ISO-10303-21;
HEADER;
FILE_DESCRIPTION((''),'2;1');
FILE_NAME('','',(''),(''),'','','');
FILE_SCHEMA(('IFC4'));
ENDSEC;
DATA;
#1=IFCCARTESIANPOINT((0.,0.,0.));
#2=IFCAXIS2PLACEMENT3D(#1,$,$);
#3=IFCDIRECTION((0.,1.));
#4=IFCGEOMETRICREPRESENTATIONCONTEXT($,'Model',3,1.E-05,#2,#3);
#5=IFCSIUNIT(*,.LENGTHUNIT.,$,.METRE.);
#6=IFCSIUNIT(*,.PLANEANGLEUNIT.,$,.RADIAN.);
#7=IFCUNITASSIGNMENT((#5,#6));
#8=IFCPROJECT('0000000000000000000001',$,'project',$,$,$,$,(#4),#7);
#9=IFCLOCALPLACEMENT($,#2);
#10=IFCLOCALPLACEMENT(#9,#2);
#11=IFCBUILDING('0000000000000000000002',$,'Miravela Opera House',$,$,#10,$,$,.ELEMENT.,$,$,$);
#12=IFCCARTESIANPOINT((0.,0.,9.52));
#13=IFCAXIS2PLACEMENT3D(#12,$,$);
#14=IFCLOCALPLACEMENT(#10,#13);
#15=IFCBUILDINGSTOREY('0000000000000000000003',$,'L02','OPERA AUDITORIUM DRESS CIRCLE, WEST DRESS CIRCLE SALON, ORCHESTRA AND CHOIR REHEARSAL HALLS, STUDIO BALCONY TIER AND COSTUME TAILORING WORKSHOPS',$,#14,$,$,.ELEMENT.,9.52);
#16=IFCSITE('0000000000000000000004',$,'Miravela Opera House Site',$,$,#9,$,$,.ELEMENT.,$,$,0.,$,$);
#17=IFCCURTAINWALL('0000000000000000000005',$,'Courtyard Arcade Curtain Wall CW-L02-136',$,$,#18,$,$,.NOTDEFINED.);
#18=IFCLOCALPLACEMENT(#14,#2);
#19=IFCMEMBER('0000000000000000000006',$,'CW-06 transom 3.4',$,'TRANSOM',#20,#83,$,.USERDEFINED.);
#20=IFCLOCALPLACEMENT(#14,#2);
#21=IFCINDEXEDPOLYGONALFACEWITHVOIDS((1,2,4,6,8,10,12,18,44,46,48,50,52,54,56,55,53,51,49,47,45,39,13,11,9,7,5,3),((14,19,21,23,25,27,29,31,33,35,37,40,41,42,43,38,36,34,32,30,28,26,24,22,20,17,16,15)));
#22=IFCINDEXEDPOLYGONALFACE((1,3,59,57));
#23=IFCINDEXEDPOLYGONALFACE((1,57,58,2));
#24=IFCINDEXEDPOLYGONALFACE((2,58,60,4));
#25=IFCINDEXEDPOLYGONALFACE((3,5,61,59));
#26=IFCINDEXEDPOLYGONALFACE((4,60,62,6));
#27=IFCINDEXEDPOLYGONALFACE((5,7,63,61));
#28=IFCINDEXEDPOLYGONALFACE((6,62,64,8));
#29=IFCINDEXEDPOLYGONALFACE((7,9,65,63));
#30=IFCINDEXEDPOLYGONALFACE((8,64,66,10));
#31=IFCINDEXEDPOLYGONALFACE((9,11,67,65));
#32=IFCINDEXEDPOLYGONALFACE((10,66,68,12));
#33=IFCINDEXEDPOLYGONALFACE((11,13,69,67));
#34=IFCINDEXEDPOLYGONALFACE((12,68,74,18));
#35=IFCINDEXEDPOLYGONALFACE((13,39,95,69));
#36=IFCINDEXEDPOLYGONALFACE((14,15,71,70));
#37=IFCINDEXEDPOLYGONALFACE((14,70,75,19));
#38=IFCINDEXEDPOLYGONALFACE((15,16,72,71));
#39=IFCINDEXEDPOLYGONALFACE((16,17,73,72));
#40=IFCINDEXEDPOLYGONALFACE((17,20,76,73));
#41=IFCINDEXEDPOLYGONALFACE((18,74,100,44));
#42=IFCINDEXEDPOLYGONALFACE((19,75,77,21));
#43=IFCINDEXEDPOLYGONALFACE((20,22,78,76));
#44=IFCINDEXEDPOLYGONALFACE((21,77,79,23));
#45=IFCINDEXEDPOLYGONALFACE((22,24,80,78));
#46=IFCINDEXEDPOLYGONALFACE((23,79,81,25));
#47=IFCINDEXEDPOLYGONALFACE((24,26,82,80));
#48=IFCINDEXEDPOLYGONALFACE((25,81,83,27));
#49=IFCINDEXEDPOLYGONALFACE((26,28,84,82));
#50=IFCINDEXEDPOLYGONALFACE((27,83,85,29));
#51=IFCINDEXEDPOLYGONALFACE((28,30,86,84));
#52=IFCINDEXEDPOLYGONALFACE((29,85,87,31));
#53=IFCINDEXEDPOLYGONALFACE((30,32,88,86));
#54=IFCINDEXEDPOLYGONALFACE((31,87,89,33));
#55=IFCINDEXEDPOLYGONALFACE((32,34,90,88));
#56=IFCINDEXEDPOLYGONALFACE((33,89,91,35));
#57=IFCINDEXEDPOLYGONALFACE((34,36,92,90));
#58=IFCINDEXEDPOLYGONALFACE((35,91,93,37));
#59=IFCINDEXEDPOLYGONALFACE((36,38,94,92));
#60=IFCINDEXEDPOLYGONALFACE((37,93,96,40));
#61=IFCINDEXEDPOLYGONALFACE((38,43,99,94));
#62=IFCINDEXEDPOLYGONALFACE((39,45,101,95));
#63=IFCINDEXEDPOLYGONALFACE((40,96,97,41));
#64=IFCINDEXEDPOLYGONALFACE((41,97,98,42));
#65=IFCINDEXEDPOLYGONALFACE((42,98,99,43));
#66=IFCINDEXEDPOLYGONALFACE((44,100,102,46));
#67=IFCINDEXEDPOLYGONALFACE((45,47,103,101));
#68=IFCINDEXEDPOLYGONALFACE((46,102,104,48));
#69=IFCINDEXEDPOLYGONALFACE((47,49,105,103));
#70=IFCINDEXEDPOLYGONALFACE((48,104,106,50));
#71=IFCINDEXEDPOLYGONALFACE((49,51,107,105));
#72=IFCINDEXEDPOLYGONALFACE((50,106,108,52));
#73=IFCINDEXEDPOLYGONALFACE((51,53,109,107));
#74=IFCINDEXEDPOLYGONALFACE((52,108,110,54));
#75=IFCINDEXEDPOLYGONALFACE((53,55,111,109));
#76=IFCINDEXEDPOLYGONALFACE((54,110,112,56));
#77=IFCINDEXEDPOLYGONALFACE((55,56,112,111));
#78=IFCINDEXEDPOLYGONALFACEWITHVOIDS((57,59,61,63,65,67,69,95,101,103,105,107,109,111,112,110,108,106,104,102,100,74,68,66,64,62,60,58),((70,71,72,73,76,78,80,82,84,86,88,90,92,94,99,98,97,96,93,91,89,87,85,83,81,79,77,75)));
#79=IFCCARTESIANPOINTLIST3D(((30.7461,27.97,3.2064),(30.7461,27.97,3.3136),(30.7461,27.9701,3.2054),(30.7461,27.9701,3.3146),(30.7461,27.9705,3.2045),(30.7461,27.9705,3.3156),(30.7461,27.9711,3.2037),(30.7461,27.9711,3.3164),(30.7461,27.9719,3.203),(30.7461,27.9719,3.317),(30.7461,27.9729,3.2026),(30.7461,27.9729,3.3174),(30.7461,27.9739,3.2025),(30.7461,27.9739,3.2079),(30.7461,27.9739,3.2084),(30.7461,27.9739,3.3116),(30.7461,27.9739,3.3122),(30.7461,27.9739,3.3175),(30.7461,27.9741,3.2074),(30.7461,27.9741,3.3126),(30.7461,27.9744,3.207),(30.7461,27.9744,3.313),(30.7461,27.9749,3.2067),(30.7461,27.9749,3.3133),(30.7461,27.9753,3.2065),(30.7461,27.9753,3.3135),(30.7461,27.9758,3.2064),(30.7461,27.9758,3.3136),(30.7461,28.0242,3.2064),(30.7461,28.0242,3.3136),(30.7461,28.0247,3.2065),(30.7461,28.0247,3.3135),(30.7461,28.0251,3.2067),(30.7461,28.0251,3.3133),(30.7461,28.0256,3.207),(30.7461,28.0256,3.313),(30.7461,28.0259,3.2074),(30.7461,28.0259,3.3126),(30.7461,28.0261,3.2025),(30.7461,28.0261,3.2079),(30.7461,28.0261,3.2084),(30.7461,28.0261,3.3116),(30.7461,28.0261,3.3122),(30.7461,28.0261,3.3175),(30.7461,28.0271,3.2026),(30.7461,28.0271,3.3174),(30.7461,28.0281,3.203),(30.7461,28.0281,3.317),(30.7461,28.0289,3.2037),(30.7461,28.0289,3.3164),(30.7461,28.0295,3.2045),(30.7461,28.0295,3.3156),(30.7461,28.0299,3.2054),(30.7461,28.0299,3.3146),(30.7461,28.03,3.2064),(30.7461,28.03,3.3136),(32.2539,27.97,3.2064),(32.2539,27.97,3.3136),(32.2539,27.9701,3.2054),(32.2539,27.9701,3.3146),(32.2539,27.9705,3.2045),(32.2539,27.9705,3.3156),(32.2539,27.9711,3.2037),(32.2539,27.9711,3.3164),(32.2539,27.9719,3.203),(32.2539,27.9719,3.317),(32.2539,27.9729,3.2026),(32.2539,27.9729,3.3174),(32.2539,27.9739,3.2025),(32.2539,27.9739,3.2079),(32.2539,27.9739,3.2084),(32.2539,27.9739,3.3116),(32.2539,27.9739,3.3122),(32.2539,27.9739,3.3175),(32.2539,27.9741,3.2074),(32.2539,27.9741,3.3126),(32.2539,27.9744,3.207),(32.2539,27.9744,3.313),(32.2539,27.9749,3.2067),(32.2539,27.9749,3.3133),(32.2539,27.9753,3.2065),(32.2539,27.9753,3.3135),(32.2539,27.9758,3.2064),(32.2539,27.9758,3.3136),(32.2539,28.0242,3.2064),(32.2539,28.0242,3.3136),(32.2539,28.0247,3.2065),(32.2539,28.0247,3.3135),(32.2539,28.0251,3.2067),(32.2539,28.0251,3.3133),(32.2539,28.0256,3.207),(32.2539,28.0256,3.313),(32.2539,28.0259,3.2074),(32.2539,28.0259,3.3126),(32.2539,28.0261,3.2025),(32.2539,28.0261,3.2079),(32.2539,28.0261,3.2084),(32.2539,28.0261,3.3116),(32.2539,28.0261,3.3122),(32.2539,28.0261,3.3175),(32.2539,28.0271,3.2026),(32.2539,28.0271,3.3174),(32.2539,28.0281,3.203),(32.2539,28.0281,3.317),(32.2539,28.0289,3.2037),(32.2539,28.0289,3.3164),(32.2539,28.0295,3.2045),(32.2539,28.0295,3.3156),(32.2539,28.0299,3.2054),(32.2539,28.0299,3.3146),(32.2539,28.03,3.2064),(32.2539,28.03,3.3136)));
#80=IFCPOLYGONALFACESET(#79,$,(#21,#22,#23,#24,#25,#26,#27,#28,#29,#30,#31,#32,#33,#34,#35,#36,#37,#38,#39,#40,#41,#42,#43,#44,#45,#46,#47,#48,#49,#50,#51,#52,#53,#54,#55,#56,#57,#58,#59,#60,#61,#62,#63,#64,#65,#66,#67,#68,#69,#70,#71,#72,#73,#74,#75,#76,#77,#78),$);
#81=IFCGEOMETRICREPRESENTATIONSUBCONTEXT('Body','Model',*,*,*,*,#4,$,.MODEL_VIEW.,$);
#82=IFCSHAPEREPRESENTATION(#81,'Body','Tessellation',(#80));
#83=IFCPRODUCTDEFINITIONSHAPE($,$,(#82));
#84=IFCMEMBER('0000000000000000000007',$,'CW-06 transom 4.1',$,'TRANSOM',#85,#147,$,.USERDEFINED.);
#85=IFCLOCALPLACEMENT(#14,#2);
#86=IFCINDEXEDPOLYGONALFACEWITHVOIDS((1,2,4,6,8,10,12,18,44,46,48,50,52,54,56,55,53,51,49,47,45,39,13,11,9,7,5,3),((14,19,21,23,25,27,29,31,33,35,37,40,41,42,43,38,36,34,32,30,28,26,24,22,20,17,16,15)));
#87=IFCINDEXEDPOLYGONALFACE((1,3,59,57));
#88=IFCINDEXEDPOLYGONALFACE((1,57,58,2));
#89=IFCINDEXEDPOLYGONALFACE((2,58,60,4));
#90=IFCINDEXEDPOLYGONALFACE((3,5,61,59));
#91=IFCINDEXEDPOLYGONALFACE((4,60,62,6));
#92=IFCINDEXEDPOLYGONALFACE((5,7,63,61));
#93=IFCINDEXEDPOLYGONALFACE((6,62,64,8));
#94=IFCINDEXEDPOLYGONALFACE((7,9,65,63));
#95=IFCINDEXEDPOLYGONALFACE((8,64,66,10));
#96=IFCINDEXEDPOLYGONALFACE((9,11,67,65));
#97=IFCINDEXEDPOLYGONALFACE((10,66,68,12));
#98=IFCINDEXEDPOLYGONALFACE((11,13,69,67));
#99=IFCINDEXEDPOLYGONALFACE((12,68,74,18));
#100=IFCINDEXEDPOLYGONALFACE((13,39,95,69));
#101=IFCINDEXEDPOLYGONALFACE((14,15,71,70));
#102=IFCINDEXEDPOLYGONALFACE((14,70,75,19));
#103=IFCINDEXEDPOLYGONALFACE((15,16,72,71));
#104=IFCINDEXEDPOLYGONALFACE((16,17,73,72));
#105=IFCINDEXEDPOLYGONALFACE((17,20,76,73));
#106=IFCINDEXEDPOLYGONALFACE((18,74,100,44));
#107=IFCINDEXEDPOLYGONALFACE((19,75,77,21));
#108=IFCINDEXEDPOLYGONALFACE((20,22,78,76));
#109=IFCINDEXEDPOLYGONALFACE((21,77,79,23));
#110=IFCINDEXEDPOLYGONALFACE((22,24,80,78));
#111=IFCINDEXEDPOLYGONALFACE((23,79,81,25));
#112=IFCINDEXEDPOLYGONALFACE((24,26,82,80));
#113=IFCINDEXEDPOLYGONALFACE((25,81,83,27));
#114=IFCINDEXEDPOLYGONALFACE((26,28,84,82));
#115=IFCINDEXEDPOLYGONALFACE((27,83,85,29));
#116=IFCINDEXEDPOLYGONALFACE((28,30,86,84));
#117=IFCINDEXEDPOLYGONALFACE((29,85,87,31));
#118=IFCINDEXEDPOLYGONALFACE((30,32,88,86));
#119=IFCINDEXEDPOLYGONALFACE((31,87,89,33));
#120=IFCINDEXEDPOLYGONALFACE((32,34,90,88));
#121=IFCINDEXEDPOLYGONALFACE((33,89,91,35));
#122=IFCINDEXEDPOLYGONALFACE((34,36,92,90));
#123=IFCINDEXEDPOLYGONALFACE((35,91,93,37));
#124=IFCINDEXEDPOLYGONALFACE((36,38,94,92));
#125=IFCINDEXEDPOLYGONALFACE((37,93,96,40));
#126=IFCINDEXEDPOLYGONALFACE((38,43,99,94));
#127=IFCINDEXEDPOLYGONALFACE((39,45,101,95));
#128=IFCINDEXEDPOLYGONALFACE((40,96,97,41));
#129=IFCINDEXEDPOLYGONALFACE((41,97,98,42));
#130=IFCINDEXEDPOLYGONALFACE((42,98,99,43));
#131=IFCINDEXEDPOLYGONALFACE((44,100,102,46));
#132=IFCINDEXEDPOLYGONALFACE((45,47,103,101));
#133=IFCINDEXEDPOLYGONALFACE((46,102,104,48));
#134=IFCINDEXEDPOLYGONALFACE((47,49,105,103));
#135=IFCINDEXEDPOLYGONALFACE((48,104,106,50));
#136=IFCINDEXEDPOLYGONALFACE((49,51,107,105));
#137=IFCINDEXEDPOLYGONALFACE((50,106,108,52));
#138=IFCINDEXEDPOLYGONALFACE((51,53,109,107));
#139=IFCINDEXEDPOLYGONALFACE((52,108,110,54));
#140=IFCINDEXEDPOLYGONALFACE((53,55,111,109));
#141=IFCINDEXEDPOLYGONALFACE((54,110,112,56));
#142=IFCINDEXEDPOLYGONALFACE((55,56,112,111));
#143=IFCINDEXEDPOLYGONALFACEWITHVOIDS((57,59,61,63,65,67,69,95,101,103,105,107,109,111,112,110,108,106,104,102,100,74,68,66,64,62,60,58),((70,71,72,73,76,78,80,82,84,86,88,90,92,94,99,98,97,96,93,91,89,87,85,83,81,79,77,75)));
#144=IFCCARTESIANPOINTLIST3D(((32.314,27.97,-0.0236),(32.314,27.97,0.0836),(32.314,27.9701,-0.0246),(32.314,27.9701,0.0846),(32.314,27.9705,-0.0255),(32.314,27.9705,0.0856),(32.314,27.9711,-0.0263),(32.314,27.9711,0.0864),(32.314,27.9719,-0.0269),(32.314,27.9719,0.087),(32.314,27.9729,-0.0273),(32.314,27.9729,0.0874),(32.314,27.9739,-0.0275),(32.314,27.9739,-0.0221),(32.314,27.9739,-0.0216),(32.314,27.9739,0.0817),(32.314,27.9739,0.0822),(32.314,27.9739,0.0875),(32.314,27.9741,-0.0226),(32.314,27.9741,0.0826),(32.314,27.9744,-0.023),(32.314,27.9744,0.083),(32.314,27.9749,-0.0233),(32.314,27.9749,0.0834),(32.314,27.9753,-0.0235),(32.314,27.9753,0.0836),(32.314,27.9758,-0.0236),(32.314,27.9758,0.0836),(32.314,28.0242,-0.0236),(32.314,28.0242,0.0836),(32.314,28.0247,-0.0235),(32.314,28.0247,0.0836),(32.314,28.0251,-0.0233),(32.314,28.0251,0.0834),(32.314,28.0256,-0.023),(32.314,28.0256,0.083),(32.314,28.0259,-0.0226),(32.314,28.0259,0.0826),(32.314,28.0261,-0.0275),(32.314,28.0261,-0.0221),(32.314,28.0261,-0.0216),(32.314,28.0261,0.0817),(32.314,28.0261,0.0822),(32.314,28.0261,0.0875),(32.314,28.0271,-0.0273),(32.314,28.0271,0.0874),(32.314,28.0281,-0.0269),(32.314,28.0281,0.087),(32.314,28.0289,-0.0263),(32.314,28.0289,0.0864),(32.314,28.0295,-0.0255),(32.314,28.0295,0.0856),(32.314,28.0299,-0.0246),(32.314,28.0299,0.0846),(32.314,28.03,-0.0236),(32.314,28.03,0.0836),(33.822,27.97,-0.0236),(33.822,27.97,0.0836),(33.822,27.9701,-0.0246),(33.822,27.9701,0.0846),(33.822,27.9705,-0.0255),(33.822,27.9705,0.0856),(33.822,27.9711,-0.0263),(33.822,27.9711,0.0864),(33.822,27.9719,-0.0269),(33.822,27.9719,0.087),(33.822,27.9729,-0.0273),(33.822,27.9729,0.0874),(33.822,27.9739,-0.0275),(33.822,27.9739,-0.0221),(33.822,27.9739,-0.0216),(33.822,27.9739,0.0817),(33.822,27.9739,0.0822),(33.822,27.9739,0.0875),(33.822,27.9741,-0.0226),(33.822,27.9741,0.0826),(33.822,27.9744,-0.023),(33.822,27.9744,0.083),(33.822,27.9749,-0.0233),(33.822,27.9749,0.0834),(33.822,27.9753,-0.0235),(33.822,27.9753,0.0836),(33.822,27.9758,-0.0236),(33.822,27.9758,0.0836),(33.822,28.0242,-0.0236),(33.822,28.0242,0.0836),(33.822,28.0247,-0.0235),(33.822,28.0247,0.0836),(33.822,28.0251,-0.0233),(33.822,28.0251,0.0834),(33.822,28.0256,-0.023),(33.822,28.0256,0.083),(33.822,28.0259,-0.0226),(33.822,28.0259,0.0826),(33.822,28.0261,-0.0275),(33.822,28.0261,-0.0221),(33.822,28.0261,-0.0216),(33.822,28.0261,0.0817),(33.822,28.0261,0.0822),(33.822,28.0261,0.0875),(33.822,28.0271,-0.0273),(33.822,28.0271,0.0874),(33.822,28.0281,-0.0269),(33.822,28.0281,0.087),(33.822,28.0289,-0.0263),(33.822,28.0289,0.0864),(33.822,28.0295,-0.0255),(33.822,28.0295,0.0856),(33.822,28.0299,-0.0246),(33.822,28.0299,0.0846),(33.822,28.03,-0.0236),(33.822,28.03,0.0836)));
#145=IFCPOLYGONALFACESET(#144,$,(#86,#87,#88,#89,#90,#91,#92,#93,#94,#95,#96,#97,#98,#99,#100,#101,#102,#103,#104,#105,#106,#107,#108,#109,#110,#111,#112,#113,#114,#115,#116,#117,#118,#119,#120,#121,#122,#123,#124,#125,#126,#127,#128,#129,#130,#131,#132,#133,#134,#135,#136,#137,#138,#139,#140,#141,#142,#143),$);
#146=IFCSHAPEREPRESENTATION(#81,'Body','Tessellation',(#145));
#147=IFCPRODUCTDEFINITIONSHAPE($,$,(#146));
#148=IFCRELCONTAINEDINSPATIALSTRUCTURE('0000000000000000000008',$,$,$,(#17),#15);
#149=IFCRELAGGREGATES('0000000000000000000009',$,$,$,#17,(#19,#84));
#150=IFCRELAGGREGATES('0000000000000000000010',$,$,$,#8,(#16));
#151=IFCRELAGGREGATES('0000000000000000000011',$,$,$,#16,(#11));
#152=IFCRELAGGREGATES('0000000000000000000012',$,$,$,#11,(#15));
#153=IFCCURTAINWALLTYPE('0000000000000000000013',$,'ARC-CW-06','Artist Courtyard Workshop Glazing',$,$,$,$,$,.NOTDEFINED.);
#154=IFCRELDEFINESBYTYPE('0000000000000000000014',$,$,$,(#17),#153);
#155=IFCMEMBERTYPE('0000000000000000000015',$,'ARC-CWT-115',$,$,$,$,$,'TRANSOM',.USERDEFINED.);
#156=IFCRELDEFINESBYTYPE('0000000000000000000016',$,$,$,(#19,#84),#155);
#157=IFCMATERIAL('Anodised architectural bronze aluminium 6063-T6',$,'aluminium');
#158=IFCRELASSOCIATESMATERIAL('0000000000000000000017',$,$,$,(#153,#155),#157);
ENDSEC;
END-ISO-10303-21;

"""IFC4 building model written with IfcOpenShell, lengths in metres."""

from ifc_helpers import new_model, si_unit, direction, frame, origin, origin_2d, place, context, subcontext, project, spatial, hollow_rectangle, extrude, material, material_profile, profile_set, type_object, element, aggregate, save


model = new_model("IFC4")

# Units and contexts
model_context = context("Model", 3, precision=1e-05, world=origin(), true_north=direction((0.0, 1.0)))
body_context = subcontext(model_context, "Body", "Model", "MODEL_VIEW")
ifc_project = project(units=[si_unit("LENGTHUNIT", "METRE"), si_unit("PLANEANGLEUNIT", "RADIAN")], contexts=[model_context])

# Site, building, storey
site_placement = place(None, origin())
site = spatial("IfcSite", under=ifc_project, at=site_placement, Name="Miravela Opera House Site", CompositionType="ELEMENT", RefElevation=0.0)
building_placement = place(site_placement, origin())
building = spatial("IfcBuilding", under=site, at=building_placement, Name="Miravela Opera House", CompositionType="ELEMENT")
storey_placement = place(building_placement, frame((0.0, 0.0, 9.52)))
storey = spatial("IfcBuildingStorey", under=building, at=storey_placement, Name="L02", Description="OPERA AUDITORIUM DRESS CIRCLE, WEST DRESS CIRCLE SALON, ORCHESTRA AND CHOIR REHEARSAL HALLS, STUDIO BALCONY TIER AND COSTUME TAILORING WORKSHOPS", CompositionType="ELEMENT", Elevation=9.52)

# Curtain wall, members
ifc_material_1 = material(Name="Anodised architectural bronze aluminium 6063-T6", Category="aluminium")
curtain_wall_type = type_object("IfcCurtainWallType", Name="ARC-CW-06", Description="Artist Courtyard Workshop Glazing", PredefinedType="NOTDEFINED", material=ifc_material_1)
curtain_wall_placement = place(storey_placement, origin())
curtain_wall = element("IfcCurtainWall", 1, at=curtain_wall_placement, inside=storey, type_object=curtain_wall_type, Name="Courtyard Arcade Curtain Wall CW-L02-136", PredefinedType="NOTDEFINED")
ifc_material_profile_1 = material_profile(ifc_material_1, hollow_rectangle(XDim=0.0601, YDim=0.115, WallThickness=0.0039, InnerFilletRadius=0.002, OuterFilletRadius=0.0039, at=origin_2d()), Name="CWT-60X115")
ifc_profile_set_1 = profile_set([ifc_material_profile_1])
member_type_1 = type_object("IfcMemberType", Name="ARC-CWT-115", ElementType="TRANSOM", PredefinedType="USERDEFINED", material=ifc_profile_set_1)
member_1_placement = place(storey_placement, frame((30.7461, 28.0, 3.26), z_axis=(1.0, 0.0, 0.0), x_axis=(0.0, 1.0, 0.0)))
member_1 = element("IfcMember", 2, at=member_1_placement, type_object=member_type_1, Name="CW-06 transom 3.4", ObjectType="TRANSOM", PredefinedType="USERDEFINED", context=body_context, shape_type="SweptSolid", body=[
    extrude(hollow_rectangle(XDim=0.0601, YDim=0.115, WallThickness=0.0039, InnerFilletRadius=0.002, OuterFilletRadius=0.0039, at=origin_2d()), origin(), (0.0, 0.0, 1.0), 1.5078),
])
member_2_placement = place(storey_placement, frame((32.314, 28.0, 0.03), z_axis=(1.0, 0.0, 0.0), x_axis=(0.0, 1.0, 0.0)))
member_2 = element("IfcMember", 3, at=member_2_placement, type_object=member_type_1, Name="CW-06 transom 4.1", ObjectType="TRANSOM", PredefinedType="USERDEFINED", context=body_context, shape_type="SweptSolid", body=[
    extrude(hollow_rectangle(XDim=0.0601, YDim=0.115, WallThickness=0.0039, InnerFilletRadius=0.002, OuterFilletRadius=0.0039, at=origin_2d()), origin(), (0.0, 0.0, 1.0), 1.5081),
])
aggregate(curtain_wall, [member_1, member_2])

save(model, "model.ifc")
